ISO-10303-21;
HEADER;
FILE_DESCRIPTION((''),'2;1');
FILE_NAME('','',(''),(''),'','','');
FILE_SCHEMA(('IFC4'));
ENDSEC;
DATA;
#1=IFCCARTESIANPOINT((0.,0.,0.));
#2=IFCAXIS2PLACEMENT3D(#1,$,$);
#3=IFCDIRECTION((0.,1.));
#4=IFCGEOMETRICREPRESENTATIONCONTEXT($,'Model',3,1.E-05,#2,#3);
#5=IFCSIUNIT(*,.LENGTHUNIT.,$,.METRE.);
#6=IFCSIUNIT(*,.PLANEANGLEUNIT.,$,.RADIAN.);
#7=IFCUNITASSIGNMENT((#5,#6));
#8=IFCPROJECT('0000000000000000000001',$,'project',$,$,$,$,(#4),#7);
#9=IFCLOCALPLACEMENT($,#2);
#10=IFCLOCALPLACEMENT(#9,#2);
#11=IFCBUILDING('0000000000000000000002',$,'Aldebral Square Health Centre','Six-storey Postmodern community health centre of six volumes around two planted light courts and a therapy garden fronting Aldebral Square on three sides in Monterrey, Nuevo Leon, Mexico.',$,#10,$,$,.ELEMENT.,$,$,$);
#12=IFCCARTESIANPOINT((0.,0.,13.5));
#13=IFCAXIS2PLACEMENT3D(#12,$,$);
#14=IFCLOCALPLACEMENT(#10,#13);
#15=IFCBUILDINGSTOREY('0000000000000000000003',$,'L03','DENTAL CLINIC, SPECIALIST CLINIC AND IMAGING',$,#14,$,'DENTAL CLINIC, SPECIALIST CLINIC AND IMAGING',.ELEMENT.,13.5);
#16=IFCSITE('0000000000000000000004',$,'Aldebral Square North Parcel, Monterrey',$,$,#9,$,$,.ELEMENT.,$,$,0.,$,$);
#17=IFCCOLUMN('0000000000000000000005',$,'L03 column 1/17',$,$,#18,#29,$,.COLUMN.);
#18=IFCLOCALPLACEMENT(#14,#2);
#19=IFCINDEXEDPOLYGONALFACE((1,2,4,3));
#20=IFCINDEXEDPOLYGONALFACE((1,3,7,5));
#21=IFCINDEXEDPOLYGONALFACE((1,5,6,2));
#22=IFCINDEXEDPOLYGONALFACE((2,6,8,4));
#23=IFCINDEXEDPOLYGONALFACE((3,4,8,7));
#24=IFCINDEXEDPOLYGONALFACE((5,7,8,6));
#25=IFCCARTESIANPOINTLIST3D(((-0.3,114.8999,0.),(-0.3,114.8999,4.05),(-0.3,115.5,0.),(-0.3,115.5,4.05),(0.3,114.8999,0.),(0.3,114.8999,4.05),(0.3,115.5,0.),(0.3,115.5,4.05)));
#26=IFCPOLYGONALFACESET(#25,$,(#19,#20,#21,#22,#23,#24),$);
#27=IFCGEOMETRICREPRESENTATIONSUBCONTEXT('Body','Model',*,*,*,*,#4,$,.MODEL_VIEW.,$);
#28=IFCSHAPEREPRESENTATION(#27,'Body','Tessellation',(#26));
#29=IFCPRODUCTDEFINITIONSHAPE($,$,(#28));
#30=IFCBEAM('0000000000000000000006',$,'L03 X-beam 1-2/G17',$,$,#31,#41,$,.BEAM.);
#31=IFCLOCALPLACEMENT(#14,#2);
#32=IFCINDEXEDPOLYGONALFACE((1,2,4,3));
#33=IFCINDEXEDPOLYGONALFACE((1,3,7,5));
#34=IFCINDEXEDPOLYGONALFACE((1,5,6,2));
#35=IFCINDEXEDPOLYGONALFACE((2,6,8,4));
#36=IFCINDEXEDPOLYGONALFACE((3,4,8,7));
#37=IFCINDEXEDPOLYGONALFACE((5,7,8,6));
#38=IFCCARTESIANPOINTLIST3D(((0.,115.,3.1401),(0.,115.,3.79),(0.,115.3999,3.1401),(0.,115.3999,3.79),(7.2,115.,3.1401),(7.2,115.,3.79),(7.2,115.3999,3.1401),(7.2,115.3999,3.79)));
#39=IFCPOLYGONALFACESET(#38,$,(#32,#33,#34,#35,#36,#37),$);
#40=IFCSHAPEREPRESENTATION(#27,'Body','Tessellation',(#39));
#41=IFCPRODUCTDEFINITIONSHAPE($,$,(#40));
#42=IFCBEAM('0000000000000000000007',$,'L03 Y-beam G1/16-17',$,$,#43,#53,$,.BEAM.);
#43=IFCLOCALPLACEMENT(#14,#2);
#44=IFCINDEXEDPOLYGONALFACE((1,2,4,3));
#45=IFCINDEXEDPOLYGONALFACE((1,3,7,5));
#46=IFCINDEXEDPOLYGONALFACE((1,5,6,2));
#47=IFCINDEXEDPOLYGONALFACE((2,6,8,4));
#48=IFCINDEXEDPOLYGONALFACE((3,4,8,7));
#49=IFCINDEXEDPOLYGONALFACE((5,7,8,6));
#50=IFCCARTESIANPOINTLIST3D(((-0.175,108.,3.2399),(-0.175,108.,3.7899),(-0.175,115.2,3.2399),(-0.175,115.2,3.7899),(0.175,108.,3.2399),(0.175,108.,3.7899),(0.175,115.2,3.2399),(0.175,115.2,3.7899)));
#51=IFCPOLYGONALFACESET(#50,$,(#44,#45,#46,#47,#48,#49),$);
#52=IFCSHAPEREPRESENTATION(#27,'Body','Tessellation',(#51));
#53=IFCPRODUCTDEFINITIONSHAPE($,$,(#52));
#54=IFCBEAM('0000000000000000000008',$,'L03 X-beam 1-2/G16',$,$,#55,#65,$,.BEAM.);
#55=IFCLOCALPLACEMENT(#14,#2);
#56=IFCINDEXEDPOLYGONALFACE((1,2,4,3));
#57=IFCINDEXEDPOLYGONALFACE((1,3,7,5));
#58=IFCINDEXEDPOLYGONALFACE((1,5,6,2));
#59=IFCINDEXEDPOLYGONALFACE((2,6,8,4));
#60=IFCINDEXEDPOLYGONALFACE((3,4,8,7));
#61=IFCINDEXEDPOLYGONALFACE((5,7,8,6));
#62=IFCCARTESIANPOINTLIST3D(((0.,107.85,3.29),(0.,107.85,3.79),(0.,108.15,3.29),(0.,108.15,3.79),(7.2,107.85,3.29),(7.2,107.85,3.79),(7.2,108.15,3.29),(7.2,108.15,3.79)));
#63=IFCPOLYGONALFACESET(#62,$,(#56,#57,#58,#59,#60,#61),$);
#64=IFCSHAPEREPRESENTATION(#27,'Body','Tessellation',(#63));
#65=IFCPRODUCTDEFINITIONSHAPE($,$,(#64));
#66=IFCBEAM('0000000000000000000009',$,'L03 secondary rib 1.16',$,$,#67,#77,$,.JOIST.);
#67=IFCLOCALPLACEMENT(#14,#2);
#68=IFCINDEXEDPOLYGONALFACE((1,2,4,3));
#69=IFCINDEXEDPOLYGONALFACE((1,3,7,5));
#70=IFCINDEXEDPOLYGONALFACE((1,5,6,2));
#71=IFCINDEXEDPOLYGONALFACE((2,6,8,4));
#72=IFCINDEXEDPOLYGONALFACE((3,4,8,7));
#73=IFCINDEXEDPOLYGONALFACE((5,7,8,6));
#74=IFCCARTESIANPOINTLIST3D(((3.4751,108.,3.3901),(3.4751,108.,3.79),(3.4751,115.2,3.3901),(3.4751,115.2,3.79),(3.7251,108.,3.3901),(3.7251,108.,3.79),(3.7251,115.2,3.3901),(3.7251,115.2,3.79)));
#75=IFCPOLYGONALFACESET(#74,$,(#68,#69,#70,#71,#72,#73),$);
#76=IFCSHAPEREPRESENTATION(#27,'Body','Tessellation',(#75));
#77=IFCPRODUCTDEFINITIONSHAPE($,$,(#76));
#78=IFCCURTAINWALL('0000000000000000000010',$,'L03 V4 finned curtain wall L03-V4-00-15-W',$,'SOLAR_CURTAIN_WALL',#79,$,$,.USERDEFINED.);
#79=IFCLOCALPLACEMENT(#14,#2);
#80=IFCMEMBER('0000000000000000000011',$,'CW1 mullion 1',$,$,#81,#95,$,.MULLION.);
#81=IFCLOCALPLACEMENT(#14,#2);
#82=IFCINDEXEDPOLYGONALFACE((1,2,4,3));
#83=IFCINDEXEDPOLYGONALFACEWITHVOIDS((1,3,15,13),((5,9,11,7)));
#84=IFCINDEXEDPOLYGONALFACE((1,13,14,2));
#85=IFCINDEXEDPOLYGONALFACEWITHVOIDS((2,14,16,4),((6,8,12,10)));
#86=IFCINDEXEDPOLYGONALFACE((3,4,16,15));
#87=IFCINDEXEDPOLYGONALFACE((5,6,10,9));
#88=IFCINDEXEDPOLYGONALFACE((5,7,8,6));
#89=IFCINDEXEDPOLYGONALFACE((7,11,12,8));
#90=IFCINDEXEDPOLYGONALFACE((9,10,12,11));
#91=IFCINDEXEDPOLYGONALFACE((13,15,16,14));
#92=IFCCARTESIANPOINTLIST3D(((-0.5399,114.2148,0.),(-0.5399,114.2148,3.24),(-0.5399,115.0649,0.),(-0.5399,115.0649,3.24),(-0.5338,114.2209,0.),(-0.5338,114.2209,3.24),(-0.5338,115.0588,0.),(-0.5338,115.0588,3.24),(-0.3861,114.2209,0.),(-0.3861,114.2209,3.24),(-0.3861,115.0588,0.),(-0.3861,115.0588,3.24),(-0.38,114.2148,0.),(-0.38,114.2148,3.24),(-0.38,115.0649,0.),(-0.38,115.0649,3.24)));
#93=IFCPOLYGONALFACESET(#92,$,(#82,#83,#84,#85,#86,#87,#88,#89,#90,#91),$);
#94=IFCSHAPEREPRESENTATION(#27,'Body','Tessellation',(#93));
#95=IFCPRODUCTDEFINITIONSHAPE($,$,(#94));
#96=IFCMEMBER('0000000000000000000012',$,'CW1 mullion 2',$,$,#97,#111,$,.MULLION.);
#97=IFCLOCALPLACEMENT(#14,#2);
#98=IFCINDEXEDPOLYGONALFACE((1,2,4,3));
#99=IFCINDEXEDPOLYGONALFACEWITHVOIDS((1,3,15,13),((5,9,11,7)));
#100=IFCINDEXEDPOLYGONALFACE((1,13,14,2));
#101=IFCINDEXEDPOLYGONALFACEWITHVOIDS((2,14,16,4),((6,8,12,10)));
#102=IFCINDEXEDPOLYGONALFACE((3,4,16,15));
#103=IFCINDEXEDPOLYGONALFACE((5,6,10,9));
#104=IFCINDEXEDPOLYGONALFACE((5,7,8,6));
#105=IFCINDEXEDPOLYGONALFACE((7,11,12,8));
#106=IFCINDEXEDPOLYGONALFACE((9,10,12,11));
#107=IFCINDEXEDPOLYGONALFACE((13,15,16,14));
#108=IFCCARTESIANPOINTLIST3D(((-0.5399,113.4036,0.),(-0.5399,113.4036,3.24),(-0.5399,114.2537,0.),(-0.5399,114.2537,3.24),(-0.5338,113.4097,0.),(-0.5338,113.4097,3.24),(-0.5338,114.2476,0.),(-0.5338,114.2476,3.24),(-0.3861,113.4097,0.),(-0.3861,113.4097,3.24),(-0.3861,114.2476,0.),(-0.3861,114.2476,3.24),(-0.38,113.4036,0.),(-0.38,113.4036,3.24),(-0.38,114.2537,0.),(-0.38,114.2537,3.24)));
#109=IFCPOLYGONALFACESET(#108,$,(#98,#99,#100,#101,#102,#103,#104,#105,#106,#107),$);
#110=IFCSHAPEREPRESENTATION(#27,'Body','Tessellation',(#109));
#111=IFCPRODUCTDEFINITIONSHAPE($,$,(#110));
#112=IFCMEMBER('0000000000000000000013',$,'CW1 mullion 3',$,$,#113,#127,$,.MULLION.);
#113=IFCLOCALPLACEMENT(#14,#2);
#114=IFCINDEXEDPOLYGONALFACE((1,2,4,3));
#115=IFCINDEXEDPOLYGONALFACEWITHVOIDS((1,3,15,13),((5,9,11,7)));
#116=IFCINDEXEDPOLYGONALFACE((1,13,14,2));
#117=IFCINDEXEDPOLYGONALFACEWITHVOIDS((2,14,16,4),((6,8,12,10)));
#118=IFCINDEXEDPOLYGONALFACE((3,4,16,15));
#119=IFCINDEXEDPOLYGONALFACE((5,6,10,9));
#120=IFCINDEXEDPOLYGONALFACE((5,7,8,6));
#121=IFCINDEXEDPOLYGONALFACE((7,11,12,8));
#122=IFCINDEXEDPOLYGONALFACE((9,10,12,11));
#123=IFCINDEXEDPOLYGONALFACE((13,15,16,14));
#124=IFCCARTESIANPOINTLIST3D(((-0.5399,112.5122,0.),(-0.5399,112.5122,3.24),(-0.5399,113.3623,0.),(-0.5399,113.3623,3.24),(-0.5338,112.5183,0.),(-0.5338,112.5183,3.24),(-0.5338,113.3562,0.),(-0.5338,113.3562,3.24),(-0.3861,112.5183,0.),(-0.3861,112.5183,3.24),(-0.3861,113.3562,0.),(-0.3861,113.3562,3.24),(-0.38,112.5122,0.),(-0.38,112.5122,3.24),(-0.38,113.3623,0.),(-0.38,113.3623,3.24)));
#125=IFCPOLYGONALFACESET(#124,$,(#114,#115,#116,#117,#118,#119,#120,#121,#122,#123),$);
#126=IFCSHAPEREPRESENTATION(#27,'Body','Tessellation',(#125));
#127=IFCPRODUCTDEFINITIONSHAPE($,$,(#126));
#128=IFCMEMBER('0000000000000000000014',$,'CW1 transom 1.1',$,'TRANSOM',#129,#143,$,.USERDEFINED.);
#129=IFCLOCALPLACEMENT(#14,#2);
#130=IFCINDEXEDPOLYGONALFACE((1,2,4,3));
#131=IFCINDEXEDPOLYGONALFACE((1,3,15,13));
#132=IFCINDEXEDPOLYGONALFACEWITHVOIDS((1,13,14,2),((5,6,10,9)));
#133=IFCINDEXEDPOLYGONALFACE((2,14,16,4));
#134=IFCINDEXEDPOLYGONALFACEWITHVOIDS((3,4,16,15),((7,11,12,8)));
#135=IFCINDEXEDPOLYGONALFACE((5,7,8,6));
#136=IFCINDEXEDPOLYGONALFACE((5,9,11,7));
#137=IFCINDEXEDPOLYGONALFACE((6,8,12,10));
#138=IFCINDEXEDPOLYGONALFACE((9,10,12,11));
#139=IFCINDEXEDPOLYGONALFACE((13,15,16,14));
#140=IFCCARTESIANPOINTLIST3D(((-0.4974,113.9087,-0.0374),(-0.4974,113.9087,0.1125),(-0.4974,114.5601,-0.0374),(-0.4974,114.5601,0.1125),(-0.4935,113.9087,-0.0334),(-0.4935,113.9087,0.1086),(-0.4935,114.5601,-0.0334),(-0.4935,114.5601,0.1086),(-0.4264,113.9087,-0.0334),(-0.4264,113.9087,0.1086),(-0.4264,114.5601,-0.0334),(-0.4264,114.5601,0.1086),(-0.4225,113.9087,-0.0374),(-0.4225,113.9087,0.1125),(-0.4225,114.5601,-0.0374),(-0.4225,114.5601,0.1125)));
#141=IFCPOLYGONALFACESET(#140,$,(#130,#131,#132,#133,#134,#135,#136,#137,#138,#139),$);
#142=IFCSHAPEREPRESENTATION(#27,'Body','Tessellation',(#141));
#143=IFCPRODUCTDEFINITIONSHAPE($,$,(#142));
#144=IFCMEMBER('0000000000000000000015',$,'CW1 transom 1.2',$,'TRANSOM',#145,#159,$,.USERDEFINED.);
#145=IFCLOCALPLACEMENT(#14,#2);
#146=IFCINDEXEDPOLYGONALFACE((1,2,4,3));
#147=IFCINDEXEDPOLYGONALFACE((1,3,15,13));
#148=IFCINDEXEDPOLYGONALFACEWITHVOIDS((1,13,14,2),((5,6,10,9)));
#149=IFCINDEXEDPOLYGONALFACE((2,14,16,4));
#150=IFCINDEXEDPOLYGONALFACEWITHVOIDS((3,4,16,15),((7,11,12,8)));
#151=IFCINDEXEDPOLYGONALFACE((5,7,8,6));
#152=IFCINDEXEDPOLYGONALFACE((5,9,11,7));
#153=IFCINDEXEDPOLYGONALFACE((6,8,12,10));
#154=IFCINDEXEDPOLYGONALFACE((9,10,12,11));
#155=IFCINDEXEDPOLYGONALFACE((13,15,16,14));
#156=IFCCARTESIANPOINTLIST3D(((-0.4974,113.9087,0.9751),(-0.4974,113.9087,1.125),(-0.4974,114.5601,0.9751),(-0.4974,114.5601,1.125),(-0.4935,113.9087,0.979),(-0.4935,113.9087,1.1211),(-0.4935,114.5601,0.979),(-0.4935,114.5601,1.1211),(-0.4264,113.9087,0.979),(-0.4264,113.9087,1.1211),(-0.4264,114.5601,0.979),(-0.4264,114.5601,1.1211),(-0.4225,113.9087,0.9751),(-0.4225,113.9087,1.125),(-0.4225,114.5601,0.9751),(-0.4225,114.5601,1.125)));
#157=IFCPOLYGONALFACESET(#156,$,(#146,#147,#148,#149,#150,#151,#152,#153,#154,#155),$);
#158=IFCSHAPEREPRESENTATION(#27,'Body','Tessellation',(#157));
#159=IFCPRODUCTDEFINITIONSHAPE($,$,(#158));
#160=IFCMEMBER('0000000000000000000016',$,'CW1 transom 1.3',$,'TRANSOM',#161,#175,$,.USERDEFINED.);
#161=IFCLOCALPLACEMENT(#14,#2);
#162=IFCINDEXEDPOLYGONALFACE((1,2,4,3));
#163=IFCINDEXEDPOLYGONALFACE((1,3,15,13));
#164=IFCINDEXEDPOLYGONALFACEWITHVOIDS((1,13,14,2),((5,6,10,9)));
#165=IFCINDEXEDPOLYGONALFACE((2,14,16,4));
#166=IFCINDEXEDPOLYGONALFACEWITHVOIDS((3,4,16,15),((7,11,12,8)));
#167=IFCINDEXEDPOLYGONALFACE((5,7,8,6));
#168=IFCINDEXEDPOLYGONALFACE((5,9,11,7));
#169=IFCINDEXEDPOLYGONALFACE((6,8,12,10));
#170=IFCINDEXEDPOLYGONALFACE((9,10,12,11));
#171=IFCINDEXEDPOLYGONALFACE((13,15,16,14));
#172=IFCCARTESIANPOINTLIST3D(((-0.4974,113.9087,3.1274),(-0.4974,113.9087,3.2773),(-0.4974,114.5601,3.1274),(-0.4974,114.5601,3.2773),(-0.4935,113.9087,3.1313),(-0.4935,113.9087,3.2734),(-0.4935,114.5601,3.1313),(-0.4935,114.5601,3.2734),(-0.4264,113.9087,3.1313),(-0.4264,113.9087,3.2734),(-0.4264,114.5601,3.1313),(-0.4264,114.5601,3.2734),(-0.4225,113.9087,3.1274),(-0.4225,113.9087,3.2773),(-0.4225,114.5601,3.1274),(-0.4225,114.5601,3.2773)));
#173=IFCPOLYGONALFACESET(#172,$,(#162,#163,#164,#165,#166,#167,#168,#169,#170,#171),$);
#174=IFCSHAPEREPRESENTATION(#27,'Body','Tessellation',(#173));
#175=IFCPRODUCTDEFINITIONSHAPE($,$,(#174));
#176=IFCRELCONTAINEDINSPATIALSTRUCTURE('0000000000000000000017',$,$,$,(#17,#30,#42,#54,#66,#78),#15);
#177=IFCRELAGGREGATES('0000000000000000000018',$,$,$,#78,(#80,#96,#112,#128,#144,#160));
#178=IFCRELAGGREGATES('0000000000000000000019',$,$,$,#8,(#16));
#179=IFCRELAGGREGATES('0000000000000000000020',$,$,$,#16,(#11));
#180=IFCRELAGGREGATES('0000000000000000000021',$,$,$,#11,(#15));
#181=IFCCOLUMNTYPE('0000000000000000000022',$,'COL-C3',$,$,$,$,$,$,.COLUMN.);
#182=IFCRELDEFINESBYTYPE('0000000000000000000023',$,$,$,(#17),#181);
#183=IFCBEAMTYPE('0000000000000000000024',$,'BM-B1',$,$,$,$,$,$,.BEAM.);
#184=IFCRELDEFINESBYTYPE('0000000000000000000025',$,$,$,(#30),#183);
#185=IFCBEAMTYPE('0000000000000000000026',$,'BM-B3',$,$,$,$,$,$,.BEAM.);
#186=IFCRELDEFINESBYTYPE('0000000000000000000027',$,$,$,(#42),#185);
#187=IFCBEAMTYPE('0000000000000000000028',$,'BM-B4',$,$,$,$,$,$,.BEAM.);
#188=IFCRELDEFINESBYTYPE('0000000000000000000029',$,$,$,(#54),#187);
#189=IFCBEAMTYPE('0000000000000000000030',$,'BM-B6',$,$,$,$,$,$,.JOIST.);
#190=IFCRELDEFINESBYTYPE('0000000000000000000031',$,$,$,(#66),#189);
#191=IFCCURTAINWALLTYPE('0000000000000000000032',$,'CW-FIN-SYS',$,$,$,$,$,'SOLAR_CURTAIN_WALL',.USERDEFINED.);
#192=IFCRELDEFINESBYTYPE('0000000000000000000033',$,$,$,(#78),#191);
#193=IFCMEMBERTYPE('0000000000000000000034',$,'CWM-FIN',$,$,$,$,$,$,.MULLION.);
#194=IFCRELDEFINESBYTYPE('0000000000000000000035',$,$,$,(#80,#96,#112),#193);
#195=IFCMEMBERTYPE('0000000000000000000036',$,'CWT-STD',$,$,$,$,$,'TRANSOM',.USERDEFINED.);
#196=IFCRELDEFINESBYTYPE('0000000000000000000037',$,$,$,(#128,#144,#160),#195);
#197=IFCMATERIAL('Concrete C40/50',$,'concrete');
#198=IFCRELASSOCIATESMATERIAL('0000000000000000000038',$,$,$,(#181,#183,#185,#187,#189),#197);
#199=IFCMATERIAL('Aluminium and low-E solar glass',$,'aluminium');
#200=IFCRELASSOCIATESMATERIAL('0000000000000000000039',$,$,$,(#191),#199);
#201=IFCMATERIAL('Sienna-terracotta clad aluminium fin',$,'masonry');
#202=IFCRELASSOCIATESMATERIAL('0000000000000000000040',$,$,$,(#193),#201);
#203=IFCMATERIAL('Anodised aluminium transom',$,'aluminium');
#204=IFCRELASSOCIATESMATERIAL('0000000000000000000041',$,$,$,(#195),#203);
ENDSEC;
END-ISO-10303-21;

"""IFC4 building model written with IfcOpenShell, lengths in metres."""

from ifc_helpers import new_model, si_unit, direction, frame, origin, origin_2d, place, context, subcontext, project, spatial, rectangle, hollow_rectangle, extrude, material, material_profile, profile_set, type_object, element, aggregate, save


model = new_model("IFC4")

# Units and contexts
model_context = context("Model", 3, precision=1e-05, world=origin(), true_north=direction((0.0, 1.0)))
body_context = subcontext(model_context, "Body", "Model", "MODEL_VIEW")
ifc_project = project(units=[si_unit("LENGTHUNIT", "METRE"), si_unit("PLANEANGLEUNIT", "RADIAN")], contexts=[model_context])

# Site, building, storey
site_placement = place(None, origin())
site = spatial("IfcSite", under=ifc_project, at=site_placement, Name="Aldebral Square North Parcel, Monterrey", CompositionType="ELEMENT", RefElevation=0.0)
building_placement = place(site_placement, origin())
building = spatial("IfcBuilding", under=site, at=building_placement, Name="Aldebral Square Health Centre", Description="Six-storey Postmodern community health centre of six volumes around two planted light courts and a therapy garden fronting Aldebral Square on three sides in Monterrey, Nuevo Leon, Mexico.", CompositionType="ELEMENT")
storey_placement = place(building_placement, frame((0.0, 0.0, 13.5)))
storey = spatial("IfcBuildingStorey", under=building, at=storey_placement, Name="L03", Description="DENTAL CLINIC, SPECIALIST CLINIC AND IMAGING", LongName="DENTAL CLINIC, SPECIALIST CLINIC AND IMAGING", CompositionType="ELEMENT", Elevation=13.5)

# Column
ifc_material_1 = material(Name="Concrete C40/50", Category="concrete")
ifc_material_profile_1 = material_profile(ifc_material_1, rectangle(XDim=0.6001, YDim=0.6001, at=origin_2d()), Name="RC 600x600")
ifc_profile_set_1 = profile_set([ifc_material_profile_1], Name="Concrete C40/50")
column_type = type_object("IfcColumnType", Name="COL-C3", PredefinedType="COLUMN", material=ifc_profile_set_1)
column_placement = place(storey_placement, frame((0.0, 115.2, 0.0), z_axis=(0.0, 0.0, 1.0), x_axis=(1.0, 0.0, 0.0)))
element("IfcColumn", 1, at=column_placement, inside=storey, type_object=column_type, Name="L03 column 1/17", PredefinedType="COLUMN", context=body_context, shape_type="SweptSolid", body=[
    extrude(rectangle(XDim=0.6001, YDim=0.6001, at=origin_2d()), origin(), (0.0, 0.0, 1.0), 4.05),
])

# Beams
ifc_material_profile_2 = material_profile(ifc_material_1, rectangle(XDim=0.3999, YDim=0.6499, at=origin_2d()), Name="RC 400x650")
ifc_profile_set_2 = profile_set([ifc_material_profile_2], Name="Concrete C40/50")
beam_type_1 = type_object("IfcBeamType", Name="BM-B1", PredefinedType="BEAM", material=ifc_profile_set_2)
beam_1_placement = place(storey_placement, frame((0.0, 115.2, 3.4651), z_axis=(1.0, 0.0, 0.0), x_axis=(0.0, 1.0, 0.0)))
element("IfcBeam", 2, at=beam_1_placement, inside=storey, type_object=beam_type_1, Name="L03 X-beam 1-2/G17", PredefinedType="BEAM", context=body_context, shape_type="SweptSolid", body=[
    extrude(rectangle(XDim=0.3999, YDim=0.6499, at=origin_2d()), origin(), (0.0, 0.0, 1.0), 7.2),
])
ifc_material_profile_3 = material_profile(ifc_material_1, rectangle(XDim=0.3501, YDim=0.55, at=origin_2d()), Name="RC 350x550")
ifc_profile_set_3 = profile_set([ifc_material_profile_3], Name="Concrete C40/50")
beam_type_2 = type_object("IfcBeamType", Name="BM-B3", PredefinedType="BEAM", material=ifc_profile_set_3)
beam_2_placement = place(storey_placement, frame((0.0, 108.0, 3.5149), z_axis=(0.0, 1.0, 0.0), x_axis=(-1.0, 0.0, 0.0)))
element("IfcBeam", 3, at=beam_2_placement, inside=storey, type_object=beam_type_2, Name="L03 Y-beam G1/16-17", PredefinedType="BEAM", context=body_context, shape_type="SweptSolid", body=[
    extrude(rectangle(XDim=0.3501, YDim=0.55, at=origin_2d()), origin(), (0.0, 0.0, 1.0), 7.2),
])
ifc_material_profile_4 = material_profile(ifc_material_1, rectangle(XDim=0.3, YDim=0.5, at=origin_2d()), Name="RC 300x500")
ifc_profile_set_4 = profile_set([ifc_material_profile_4], Name="Concrete C40/50")
beam_type_3 = type_object("IfcBeamType", Name="BM-B4", PredefinedType="BEAM", material=ifc_profile_set_4)
beam_3_placement = place(storey_placement, frame((0.0, 108.0, 3.54), z_axis=(1.0, 0.0, 0.0), x_axis=(0.0, 1.0, 0.0)))
element("IfcBeam", 4, at=beam_3_placement, inside=storey, type_object=beam_type_3, Name="L03 X-beam 1-2/G16", PredefinedType="BEAM", context=body_context, shape_type="SweptSolid", body=[
    extrude(rectangle(XDim=0.3, YDim=0.5, at=origin_2d()), origin(), (0.0, 0.0, 1.0), 7.2),
])
ifc_material_profile_5 = material_profile(ifc_material_1, rectangle(XDim=0.25, YDim=0.3999, at=origin_2d()), Name="RC 250x400")
ifc_profile_set_5 = profile_set([ifc_material_profile_5], Name="Concrete C40/50")
beam_type_4 = type_object("IfcBeamType", Name="BM-B6", PredefinedType="JOIST", material=ifc_profile_set_5)
beam_4_placement = place(storey_placement, frame((3.6001, 108.0, 3.5901), z_axis=(0.0, 1.0, 0.0), x_axis=(-1.0, 0.0, 0.0)))
element("IfcBeam", 5, at=beam_4_placement, inside=storey, type_object=beam_type_4, Name="L03 secondary rib 1.16", PredefinedType="JOIST", context=body_context, shape_type="SweptSolid", body=[
    extrude(rectangle(XDim=0.25, YDim=0.3999, at=origin_2d()), origin(), (0.0, 0.0, 1.0), 7.2),
])

# Curtain wall, members
ifc_material_2 = material(Name="Aluminium and low-E solar glass", Category="aluminium")
curtain_wall_type = type_object("IfcCurtainWallType", Name="CW-FIN-SYS", ElementType="SOLAR_CURTAIN_WALL", PredefinedType="USERDEFINED", material=ifc_material_2)
curtain_wall_placement = place(storey_placement, origin())
curtain_wall = element("IfcCurtainWall", 6, at=curtain_wall_placement, inside=storey, type_object=curtain_wall_type, Name="L03 V4 finned curtain wall L03-V4-00-15-W", ObjectType="SOLAR_CURTAIN_WALL", PredefinedType="USERDEFINED")
ifc_material_3 = material(Name="Sienna-terracotta clad aluminium fin", Category="masonry")
ifc_material_profile_6 = material_profile(ifc_material_3, hollow_rectangle(XDim=0.1599, YDim=0.8501, WallThickness=0.0061, at=origin_2d()), Name="FIN 160x850x6")
ifc_profile_set_6 = profile_set([ifc_material_profile_6], Name="Sienna-terracotta clad aluminium fin")
member_type_1 = type_object("IfcMemberType", Name="CWM-FIN", PredefinedType="MULLION", material=ifc_profile_set_6)
member_1_placement = place(storey_placement, frame((-0.46, 114.6399, 0.0), z_axis=(0.0, 0.0, 1.0), x_axis=(1.0, 0.0, 0.0)))
member_1 = element("IfcMember", 7, at=member_1_placement, type_object=member_type_1, Name="CW1 mullion 1", PredefinedType="MULLION", context=body_context, shape_type="SweptSolid", body=[
    extrude(hollow_rectangle(XDim=0.1599, YDim=0.8501, WallThickness=0.0061, at=origin_2d()), origin(), (0.0, 0.0, 1.0), 3.24),
])
member_2_placement = place(storey_placement, frame((-0.46, 113.8286, 0.0), z_axis=(0.0, 0.0, 1.0), x_axis=(1.0, 0.0, 0.0)))
member_2 = element("IfcMember", 8, at=member_2_placement, type_object=member_type_1, Name="CW1 mullion 2", PredefinedType="MULLION", context=body_context, shape_type="SweptSolid", body=[
    extrude(hollow_rectangle(XDim=0.1599, YDim=0.8501, WallThickness=0.0061, at=origin_2d()), origin(), (0.0, 0.0, 1.0), 3.24),
])
member_3_placement = place(storey_placement, frame((-0.46, 112.9373, 0.0), z_axis=(0.0, 0.0, 1.0), x_axis=(1.0, 0.0, 0.0)))
member_3 = element("IfcMember", 9, at=member_3_placement, type_object=member_type_1, Name="CW1 mullion 3", PredefinedType="MULLION", context=body_context, shape_type="SweptSolid", body=[
    extrude(hollow_rectangle(XDim=0.1599, YDim=0.8501, WallThickness=0.0061, at=origin_2d()), origin(), (0.0, 0.0, 1.0), 3.24),
])
ifc_material_4 = material(Name="Anodised aluminium transom", Category="aluminium")
ifc_material_profile_7 = material_profile(ifc_material_4, hollow_rectangle(XDim=0.075, YDim=0.1499, WallThickness=0.0039, at=origin_2d()), Name="CWT 75x150x4")
ifc_profile_set_7 = profile_set([ifc_material_profile_7], Name="Anodised aluminium transom")
member_type_2 = type_object("IfcMemberType", Name="CWT-STD", ElementType="TRANSOM", PredefinedType="USERDEFINED", material=ifc_profile_set_7)
member_4_placement = place(storey_placement, frame((-0.46, 114.5601, 0.0376), z_axis=(0.0, -1.0, 0.0), x_axis=(1.0, 0.0, 0.0)))
member_4 = element("IfcMember", 10, at=member_4_placement, type_object=member_type_2, Name="CW1 transom 1.1", ObjectType="TRANSOM", PredefinedType="USERDEFINED", context=body_context, shape_type="SweptSolid", body=[
    extrude(hollow_rectangle(XDim=0.075, YDim=0.1499, WallThickness=0.0039, at=origin_2d()), origin(), (0.0, 0.0, 1.0), 0.6514),
])
member_5_placement = place(storey_placement, frame((-0.46, 114.5601, 1.05), z_axis=(0.0, -1.0, 0.0), x_axis=(1.0, 0.0, 0.0)))
member_5 = element("IfcMember", 11, at=member_5_placement, type_object=member_type_2, Name="CW1 transom 1.2", ObjectType="TRANSOM", PredefinedType="USERDEFINED", context=body_context, shape_type="SweptSolid", body=[
    extrude(hollow_rectangle(XDim=0.075, YDim=0.1499, WallThickness=0.0039, at=origin_2d()), origin(), (0.0, 0.0, 1.0), 0.6514),
])
member_6_placement = place(storey_placement, frame((-0.46, 114.5601, 3.2024), z_axis=(0.0, -1.0, 0.0), x_axis=(1.0, 0.0, 0.0)))
member_6 = element("IfcMember", 12, at=member_6_placement, type_object=member_type_2, Name="CW1 transom 1.3", ObjectType="TRANSOM", PredefinedType="USERDEFINED", context=body_context, shape_type="SweptSolid", body=[
    extrude(hollow_rectangle(XDim=0.075, YDim=0.1499, WallThickness=0.0039, at=origin_2d()), origin(), (0.0, 0.0, 1.0), 0.6514),
])
aggregate(curtain_wall, [member_1, member_2, member_3, member_4, member_5, member_6])

save(model, "model.ifc")
